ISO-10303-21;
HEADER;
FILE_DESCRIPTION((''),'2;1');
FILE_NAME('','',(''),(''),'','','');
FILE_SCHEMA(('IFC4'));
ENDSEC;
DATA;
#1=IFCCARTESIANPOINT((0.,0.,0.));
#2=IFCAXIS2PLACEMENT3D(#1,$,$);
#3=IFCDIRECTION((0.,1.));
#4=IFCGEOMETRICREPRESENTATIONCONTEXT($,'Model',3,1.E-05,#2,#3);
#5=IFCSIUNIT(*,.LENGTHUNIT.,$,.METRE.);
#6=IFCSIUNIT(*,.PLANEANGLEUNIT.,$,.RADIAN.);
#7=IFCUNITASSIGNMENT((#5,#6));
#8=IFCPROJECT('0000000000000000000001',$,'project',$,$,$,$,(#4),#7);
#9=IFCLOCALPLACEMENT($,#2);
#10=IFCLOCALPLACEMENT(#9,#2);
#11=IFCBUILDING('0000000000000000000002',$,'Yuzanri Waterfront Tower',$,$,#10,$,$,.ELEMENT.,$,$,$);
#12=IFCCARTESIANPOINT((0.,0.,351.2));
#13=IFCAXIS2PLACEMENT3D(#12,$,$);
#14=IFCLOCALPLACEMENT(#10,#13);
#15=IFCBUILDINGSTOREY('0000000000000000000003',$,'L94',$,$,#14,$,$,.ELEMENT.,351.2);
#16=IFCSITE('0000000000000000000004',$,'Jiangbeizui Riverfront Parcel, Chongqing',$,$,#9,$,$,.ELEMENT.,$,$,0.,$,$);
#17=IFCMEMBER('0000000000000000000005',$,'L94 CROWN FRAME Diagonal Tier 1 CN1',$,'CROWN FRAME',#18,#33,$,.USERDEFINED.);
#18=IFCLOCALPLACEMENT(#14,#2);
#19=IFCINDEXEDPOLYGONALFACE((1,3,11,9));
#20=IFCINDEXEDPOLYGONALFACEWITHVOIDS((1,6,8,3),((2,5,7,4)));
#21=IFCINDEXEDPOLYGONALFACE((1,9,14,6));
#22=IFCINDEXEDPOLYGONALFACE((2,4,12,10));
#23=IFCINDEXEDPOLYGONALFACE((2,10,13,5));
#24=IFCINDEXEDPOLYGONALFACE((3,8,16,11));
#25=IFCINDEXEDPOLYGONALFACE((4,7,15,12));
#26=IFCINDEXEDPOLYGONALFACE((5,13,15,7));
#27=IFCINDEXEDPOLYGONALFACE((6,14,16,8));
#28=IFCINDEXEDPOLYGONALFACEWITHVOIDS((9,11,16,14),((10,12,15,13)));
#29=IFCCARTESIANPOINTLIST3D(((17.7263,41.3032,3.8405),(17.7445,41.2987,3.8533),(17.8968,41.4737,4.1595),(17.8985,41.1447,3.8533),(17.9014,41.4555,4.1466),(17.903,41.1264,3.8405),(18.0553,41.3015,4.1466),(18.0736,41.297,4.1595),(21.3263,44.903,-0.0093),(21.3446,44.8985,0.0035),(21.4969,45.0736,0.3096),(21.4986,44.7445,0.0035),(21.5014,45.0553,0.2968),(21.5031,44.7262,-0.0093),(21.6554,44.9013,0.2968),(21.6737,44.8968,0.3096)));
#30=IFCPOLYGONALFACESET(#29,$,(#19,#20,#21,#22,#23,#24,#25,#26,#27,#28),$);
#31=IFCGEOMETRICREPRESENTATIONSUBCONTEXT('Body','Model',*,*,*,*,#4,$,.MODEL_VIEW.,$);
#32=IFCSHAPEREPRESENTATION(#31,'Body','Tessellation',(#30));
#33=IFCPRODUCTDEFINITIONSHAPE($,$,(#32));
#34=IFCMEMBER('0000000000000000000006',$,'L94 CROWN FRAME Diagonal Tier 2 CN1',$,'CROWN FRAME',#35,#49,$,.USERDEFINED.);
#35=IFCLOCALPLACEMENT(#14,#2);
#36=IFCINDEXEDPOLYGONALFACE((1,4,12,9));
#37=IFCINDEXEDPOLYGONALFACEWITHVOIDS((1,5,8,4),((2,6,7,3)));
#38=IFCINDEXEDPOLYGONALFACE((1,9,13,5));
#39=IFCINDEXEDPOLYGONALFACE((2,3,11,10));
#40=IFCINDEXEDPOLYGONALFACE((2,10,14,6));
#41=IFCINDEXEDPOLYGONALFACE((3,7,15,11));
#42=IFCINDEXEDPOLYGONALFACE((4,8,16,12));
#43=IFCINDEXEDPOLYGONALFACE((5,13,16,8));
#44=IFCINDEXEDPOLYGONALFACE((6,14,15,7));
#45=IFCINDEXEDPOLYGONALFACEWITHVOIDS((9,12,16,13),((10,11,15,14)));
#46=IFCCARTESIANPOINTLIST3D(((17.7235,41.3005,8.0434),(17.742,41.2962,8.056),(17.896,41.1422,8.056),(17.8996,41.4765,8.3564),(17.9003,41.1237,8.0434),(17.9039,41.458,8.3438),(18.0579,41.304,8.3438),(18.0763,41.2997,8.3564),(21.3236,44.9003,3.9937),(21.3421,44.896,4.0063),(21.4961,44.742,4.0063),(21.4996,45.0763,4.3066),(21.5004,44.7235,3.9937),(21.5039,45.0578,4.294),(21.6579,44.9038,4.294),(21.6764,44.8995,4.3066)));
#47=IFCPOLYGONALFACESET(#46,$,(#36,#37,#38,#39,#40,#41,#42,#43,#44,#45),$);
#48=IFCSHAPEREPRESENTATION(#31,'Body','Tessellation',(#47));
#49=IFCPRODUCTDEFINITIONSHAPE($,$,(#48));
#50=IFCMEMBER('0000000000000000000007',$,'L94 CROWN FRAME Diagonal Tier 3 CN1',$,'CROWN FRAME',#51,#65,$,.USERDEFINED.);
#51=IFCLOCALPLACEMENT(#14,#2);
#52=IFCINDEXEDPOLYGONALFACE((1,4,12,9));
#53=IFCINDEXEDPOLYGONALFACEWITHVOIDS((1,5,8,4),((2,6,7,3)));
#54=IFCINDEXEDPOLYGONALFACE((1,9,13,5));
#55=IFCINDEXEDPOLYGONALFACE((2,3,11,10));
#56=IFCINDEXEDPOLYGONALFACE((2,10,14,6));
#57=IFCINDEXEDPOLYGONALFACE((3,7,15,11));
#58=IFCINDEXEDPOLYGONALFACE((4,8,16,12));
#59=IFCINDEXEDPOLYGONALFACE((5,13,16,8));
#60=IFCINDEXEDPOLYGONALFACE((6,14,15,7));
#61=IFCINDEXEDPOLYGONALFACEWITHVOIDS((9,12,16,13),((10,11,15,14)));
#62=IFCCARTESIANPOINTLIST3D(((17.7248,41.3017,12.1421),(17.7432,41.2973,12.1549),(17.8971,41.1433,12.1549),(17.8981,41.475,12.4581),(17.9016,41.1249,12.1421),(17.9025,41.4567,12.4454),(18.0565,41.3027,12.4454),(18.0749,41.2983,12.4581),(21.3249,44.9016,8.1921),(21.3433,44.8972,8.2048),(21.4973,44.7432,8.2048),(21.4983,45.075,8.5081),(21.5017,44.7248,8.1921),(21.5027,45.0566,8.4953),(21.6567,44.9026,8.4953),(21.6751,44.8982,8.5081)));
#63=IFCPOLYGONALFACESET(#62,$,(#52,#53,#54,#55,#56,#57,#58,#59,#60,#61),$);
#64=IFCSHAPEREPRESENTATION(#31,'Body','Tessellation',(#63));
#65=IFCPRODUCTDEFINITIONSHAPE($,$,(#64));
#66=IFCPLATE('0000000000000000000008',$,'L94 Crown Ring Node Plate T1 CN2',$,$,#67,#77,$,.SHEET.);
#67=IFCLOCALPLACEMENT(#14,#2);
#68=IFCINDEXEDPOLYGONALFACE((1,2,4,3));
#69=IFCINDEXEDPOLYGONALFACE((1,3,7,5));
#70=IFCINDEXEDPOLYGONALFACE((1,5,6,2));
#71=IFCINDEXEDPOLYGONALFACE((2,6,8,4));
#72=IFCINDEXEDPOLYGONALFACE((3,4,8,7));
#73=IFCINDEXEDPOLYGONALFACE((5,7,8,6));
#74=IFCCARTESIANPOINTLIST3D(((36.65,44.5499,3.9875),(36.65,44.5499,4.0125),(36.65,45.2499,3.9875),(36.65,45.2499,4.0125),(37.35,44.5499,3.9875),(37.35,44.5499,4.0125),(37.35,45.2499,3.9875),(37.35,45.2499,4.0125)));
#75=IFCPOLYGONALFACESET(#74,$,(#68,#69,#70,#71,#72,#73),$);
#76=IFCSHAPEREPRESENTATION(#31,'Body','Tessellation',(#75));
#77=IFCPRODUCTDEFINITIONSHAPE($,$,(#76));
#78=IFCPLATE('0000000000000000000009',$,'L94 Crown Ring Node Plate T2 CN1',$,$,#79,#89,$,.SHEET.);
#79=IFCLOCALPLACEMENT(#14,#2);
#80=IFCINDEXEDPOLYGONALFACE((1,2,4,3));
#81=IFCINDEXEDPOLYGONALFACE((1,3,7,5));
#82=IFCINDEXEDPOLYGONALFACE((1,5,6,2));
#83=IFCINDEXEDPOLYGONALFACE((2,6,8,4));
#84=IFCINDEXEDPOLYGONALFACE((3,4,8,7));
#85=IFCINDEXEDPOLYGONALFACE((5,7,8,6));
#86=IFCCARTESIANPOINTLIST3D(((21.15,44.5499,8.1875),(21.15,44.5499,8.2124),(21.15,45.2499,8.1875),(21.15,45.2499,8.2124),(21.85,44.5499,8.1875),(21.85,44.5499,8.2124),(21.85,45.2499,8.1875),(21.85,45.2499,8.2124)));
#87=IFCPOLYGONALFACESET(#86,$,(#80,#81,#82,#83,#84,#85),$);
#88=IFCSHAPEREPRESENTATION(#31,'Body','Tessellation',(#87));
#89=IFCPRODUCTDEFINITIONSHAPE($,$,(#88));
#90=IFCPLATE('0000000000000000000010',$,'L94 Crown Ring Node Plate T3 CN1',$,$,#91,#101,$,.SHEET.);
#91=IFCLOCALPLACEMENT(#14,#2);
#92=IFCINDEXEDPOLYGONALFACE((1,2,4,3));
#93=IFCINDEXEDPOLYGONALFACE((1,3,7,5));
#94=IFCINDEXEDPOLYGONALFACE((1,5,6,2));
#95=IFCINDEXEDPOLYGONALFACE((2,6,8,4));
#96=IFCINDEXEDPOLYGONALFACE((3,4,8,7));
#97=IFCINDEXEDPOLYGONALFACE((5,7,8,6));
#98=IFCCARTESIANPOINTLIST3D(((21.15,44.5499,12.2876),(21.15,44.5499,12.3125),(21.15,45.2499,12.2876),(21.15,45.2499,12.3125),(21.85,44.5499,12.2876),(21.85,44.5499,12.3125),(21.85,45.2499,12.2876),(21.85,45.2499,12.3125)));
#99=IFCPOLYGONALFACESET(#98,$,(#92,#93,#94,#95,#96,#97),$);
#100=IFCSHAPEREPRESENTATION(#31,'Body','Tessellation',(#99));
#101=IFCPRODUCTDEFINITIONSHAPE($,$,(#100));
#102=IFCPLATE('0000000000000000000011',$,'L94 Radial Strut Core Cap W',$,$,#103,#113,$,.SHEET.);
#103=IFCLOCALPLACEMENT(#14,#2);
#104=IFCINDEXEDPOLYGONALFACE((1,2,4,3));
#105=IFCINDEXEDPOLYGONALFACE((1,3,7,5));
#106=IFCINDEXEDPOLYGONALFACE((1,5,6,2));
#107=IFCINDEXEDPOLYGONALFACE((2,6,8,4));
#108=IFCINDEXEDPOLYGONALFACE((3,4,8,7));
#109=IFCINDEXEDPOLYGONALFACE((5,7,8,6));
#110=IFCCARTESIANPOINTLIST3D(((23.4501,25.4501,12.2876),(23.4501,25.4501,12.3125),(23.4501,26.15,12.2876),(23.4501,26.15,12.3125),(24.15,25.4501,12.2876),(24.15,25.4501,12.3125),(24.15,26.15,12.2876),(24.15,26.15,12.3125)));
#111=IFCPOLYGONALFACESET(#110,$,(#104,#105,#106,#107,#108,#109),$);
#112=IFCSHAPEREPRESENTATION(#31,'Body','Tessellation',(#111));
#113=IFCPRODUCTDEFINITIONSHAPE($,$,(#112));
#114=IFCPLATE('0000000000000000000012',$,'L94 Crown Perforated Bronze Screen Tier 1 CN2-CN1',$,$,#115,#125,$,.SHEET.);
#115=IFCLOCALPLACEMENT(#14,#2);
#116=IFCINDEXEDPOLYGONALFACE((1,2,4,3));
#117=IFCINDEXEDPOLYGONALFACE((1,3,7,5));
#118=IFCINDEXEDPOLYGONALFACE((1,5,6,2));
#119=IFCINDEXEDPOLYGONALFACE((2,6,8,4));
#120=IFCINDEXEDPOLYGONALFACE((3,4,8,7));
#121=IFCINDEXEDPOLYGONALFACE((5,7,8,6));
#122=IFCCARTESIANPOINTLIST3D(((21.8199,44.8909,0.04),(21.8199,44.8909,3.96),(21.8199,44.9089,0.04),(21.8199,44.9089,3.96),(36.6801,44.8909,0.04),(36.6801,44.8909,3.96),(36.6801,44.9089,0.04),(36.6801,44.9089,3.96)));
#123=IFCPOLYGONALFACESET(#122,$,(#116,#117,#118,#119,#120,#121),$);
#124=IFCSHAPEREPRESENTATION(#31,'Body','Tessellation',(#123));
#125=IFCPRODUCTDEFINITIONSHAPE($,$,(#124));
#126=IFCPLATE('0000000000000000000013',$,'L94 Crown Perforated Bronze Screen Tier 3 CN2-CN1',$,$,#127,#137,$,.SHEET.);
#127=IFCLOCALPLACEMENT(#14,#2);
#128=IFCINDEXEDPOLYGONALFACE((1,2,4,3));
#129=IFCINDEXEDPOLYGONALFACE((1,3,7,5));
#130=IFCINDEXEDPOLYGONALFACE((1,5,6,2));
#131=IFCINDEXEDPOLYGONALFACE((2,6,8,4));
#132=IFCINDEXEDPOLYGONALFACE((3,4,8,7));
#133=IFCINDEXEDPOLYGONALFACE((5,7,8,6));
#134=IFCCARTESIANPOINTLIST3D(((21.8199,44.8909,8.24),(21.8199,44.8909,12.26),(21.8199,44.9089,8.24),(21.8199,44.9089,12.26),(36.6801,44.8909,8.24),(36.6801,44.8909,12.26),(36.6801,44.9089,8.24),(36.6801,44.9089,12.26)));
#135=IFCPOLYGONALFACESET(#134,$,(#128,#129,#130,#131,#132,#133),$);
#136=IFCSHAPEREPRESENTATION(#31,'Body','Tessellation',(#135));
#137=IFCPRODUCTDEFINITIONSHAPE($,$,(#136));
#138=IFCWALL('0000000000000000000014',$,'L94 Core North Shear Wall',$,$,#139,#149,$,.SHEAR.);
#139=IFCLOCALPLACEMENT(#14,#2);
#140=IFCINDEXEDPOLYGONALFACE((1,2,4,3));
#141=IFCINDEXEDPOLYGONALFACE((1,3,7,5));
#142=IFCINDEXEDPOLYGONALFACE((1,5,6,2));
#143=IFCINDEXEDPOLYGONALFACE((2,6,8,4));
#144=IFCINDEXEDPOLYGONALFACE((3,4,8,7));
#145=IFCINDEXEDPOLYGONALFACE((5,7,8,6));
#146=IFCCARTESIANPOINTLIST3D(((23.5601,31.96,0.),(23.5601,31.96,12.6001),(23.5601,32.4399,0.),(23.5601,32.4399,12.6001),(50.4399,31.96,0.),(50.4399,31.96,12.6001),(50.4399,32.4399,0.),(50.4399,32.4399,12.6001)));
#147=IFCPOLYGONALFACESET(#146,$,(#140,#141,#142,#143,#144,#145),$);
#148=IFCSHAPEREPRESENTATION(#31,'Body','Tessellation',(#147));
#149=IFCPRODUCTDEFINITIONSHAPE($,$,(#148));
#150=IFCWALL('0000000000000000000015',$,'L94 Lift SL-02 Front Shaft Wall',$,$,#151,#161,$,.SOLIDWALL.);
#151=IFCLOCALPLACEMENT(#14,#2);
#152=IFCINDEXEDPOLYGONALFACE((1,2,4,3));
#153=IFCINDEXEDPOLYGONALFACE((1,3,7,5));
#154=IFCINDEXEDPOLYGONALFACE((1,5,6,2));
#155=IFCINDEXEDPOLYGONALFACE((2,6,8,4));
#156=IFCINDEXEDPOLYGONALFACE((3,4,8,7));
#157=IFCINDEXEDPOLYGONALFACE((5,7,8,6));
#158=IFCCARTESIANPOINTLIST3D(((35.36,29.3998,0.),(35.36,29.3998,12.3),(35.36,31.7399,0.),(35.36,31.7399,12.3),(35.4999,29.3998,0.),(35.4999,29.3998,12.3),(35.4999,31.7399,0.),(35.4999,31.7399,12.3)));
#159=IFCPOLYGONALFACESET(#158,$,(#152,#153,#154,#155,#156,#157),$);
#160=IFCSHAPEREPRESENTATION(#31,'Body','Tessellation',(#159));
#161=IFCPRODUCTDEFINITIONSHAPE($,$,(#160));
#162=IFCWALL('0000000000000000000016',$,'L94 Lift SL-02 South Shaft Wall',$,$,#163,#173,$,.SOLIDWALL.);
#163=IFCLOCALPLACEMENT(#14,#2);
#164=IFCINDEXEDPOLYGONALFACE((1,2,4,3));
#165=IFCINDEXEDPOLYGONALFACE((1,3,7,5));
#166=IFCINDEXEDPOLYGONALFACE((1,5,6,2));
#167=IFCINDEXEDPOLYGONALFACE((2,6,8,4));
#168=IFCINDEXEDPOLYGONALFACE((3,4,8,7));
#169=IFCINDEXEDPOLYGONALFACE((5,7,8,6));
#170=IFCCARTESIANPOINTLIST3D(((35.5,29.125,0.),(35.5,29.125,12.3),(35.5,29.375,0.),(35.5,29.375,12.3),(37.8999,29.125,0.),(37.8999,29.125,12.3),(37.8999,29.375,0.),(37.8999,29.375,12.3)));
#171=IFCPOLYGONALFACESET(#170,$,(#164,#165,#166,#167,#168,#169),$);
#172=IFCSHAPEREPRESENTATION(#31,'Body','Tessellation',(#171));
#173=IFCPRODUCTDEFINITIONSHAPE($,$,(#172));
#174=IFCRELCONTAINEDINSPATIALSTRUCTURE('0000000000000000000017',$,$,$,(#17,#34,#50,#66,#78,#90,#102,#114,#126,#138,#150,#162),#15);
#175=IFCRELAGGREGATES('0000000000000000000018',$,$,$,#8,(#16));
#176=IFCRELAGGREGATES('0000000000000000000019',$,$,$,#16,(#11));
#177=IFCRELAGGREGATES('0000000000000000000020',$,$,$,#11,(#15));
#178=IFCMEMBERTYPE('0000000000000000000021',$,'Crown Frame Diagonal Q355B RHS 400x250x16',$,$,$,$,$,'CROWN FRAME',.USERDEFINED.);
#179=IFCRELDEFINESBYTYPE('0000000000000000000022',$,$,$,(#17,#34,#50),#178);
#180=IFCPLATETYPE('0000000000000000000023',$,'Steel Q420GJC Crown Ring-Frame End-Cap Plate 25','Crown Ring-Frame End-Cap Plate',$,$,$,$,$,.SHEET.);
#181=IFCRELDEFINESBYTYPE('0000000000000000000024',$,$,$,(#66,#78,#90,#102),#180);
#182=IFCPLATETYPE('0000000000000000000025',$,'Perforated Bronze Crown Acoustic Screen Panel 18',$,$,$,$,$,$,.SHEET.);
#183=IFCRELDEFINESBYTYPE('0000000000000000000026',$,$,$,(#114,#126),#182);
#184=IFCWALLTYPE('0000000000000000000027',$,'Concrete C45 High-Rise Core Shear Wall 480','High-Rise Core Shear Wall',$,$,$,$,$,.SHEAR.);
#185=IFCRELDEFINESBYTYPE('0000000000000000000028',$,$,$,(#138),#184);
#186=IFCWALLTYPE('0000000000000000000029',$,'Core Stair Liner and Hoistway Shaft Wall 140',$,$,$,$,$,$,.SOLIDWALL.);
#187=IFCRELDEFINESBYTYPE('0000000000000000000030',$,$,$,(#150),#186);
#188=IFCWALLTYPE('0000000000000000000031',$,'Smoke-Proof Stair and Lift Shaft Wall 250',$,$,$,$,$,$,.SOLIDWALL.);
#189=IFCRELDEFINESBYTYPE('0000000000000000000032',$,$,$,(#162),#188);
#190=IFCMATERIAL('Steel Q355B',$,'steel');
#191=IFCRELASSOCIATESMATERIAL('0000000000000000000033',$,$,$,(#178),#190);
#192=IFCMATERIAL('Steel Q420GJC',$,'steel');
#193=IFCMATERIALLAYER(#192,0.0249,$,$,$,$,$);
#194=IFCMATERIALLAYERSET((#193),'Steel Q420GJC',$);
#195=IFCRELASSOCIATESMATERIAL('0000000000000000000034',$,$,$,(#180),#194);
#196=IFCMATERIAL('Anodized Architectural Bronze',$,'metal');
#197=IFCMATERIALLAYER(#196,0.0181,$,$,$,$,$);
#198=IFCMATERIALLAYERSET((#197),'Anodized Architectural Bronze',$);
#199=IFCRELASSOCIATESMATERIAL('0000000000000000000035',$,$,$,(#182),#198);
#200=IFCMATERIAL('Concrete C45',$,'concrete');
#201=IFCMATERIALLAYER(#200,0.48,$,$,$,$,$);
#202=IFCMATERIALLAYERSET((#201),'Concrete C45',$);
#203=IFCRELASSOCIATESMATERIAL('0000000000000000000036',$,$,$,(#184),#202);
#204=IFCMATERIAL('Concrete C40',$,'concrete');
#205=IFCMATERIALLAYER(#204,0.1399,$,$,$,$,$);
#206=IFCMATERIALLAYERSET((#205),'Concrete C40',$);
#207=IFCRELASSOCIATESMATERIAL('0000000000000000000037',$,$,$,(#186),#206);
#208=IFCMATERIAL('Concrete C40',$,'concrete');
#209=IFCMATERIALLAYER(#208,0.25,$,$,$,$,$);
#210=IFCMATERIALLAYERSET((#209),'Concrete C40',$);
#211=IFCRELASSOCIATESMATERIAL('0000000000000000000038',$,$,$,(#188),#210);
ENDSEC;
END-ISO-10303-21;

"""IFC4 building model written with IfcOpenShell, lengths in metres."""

from ifc_helpers import new_model, si_unit, direction, frame, frame_2d, origin, origin_2d, place, context, subcontext, project, spatial, rectangle, hollow_rectangle, extrude, source, transform, mapped, material, layer, layer_set, material_profile, profile_set, type_object, element, save


model = new_model("IFC4")

# Units and contexts
model_context = context("Model", 3, precision=1e-05, world=origin(), true_north=direction((0.0, 1.0)))
body_context = subcontext(model_context, "Body", "Model", "MODEL_VIEW")
ifc_project = project(units=[si_unit("LENGTHUNIT", "METRE"), si_unit("PLANEANGLEUNIT", "RADIAN")], contexts=[model_context])

# Site, building, storey
site_placement = place(None, origin())
site = spatial("IfcSite", under=ifc_project, at=site_placement, Name="Jiangbeizui Riverfront Parcel, Chongqing", CompositionType="ELEMENT", RefElevation=0.0)
building_placement = place(site_placement, origin())
building = spatial("IfcBuilding", under=site, at=building_placement, Name="Yuzanri Waterfront Tower", CompositionType="ELEMENT")
storey_placement = place(building_placement, frame((0.0, 0.0, 351.2)))
storey = spatial("IfcBuildingStorey", under=building, at=storey_placement, Name="L94", CompositionType="ELEMENT", Elevation=351.2)

# Members
ifc_material_1 = material(Name="Steel Q355B", Category="steel")
ifc_material_profile_1 = material_profile(ifc_material_1, hollow_rectangle(XDim=0.25, YDim=0.3999, WallThickness=0.0161, at=origin_2d()), Name="RHS 400x250x16")
ifc_profile_set_1 = profile_set([ifc_material_profile_1], Name="Steel Q355B")
member_type = type_object("IfcMemberType", Name="Crown Frame Diagonal Q355B RHS 400x250x16", ElementType="CROWN FRAME", PredefinedType="USERDEFINED", material=ifc_profile_set_1)
shared_shape_1 = source(origin(), body_context, "Body", "SweptSolid", [
    extrude(hollow_rectangle(XDim=0.25, YDim=0.3999, WallThickness=0.0161, at=origin_2d()), origin(), (0.0, 0.0, 1.0), 6.3828),
])
member_1_placement = place(storey_placement, frame((21.5, 44.8999, 0.1501), z_axis=(-0.564025, -0.563987, 0.603154), x_axis=(0.707083, -0.707131, 0.0)))
element("IfcMember", 1, at=member_1_placement, inside=storey, type_object=member_type, Name="L94 CROWN FRAME Diagonal Tier 1 CN1", ObjectType="CROWN FRAME", PredefinedType="USERDEFINED", context=body_context, shape_type="MappedRepresentation", body=[
    mapped(shared_shape_1, transform((0.0, 0.0, 0.0), scale=1.0)),
])
shared_shape_2 = source(origin(), body_context, "Body", "SweptSolid", [
    extrude(hollow_rectangle(XDim=0.25, YDim=0.3999, WallThickness=0.0161, at=origin_2d()), origin(), (0.0, 0.0, 1.0), 6.5054),
])
member_2_placement = place(storey_placement, frame((21.5, 44.8999, 4.1501), z_axis=(-0.553399, -0.553362, 0.622527), x_axis=(0.707083, -0.707131, 0.0)))
element("IfcMember", 2, at=member_2_placement, inside=storey, type_object=member_type, Name="L94 CROWN FRAME Diagonal Tier 2 CN1", ObjectType="CROWN FRAME", PredefinedType="USERDEFINED", context=body_context, shape_type="MappedRepresentation", body=[
    mapped(shared_shape_2, transform((0.0, 0.0, 0.0), scale=1.0)),
])
shared_shape_3 = source(origin(), body_context, "Body", "SweptSolid", [
    extrude(hollow_rectangle(XDim=0.25, YDim=0.3999, WallThickness=0.0161, at=origin_2d()), origin(), (0.0, 0.0, 1.0), 6.4438),
])
member_3_placement = place(storey_placement, frame((21.5, 44.8999, 8.3501), z_axis=(-0.558697, -0.558659, 0.612991), x_axis=(0.707083, -0.707131, 0.0)))
element("IfcMember", 3, at=member_3_placement, inside=storey, type_object=member_type, Name="L94 CROWN FRAME Diagonal Tier 3 CN1", ObjectType="CROWN FRAME", PredefinedType="USERDEFINED", context=body_context, shape_type="MappedRepresentation", body=[
    mapped(shared_shape_3, transform((0.0, 0.0, 0.0), scale=1.0)),
])

# Plates
ifc_material_2 = material(Name="Steel Q420GJC", Category="steel")
ifc_layer_1 = layer(ifc_material_2, 0.0249)
ifc_layer_set_1 = layer_set([ifc_layer_1], Name="Steel Q420GJC")
plate_type_1 = type_object("IfcPlateType", Name="Steel Q420GJC Crown Ring-Frame End-Cap Plate 25", Description="Crown Ring-Frame End-Cap Plate", PredefinedType="SHEET", material=ifc_layer_set_1)
shared_shape_4 = source(origin(), body_context, "Body", "SweptSolid", [
    extrude(rectangle(XDim=0.7, YDim=0.7, at=origin_2d()), origin(), (0.0, 0.0, 1.0), 0.0249),
])
for number, where, z_axis, x_axis, name in (
    (4, (37.0, 44.8999, 3.9875), (0.0, 0.0, 1.0), (1.0, 0.0, 0.0), "L94 Crown Ring Node Plate T1 CN2"),
    (5, (21.5, 44.8999, 8.1875), (0.0, 0.0, 1.0), (1.0, 0.0, 0.0), "L94 Crown Ring Node Plate T2 CN1"),
    (6, (21.5, 44.8999, 12.2876), (0.0, 0.0, 1.0), (1.0, 0.0, 0.0), "L94 Crown Ring Node Plate T3 CN1"),
    (7, (23.8, 25.8, 12.2876), (0.0, 0.0, 1.0), (1.0, 0.0, 0.0), "L94 Radial Strut Core Cap W"),
):
    element("IfcPlate", number, at=place(storey_placement, frame(where, z_axis=z_axis, x_axis=x_axis)), inside=storey, type_object=plate_type_1, Name=name, PredefinedType="SHEET", context=body_context, shape_type="MappedRepresentation", body=[
        mapped(shared_shape_4, transform((0.0, 0.0, 0.0), scale=1.0)),
    ])
ifc_material_3 = material(Name="Anodized Architectural Bronze", Category="metal")
ifc_layer_2 = layer(ifc_material_3, 0.0181)
ifc_layer_set_2 = layer_set([ifc_layer_2], Name="Anodized Architectural Bronze")
plate_type_2 = type_object("IfcPlateType", Name="Perforated Bronze Crown Acoustic Screen Panel 18", PredefinedType="SHEET", material=ifc_layer_set_2)
shared_shape_5 = source(origin(), body_context, "Body", "SweptSolid", [
    extrude(rectangle(XDim=14.8601, YDim=0.0181, at=origin_2d()), origin(), (0.0, 0.0, 1.0), 3.9199),
])
plate_1_placement = place(storey_placement, frame((29.25, 44.8999, 0.04), z_axis=(0.0, 0.0, 1.0), x_axis=(-1.0, 0.0, 0.0)))
element("IfcPlate", 8, at=plate_1_placement, inside=storey, type_object=plate_type_2, Name="L94 Crown Perforated Bronze Screen Tier 1 CN2-CN1", PredefinedType="SHEET", context=body_context, shape_type="MappedRepresentation", body=[
    mapped(shared_shape_5, transform((0.0, 0.0, 0.0), scale=1.0)),
])
shared_shape_6 = source(origin(), body_context, "Body", "SweptSolid", [
    extrude(rectangle(XDim=14.8601, YDim=0.0181, at=origin_2d()), origin(), (0.0, 0.0, 1.0), 4.02),
])
plate_2_placement = place(storey_placement, frame((29.25, 44.8999, 8.24), z_axis=(0.0, 0.0, 1.0), x_axis=(-1.0, 0.0, 0.0)))
element("IfcPlate", 9, at=plate_2_placement, inside=storey, type_object=plate_type_2, Name="L94 Crown Perforated Bronze Screen Tier 3 CN2-CN1", PredefinedType="SHEET", context=body_context, shape_type="MappedRepresentation", body=[
    mapped(shared_shape_6, transform((0.0, 0.0, 0.0), scale=1.0)),
])

# Walls
ifc_material_4 = material(Name="Concrete C45", Category="concrete")
ifc_layer_3 = layer(ifc_material_4, 0.48)
ifc_layer_set_3 = layer_set([ifc_layer_3], Name="Concrete C45")
wall_type_1 = type_object("IfcWallType", Name="Concrete C45 High-Rise Core Shear Wall 480", Description="High-Rise Core Shear Wall", PredefinedType="SHEAR", material=ifc_layer_set_3)
shared_shape_7 = source(origin(), body_context, "Body", "SweptSolid", [
    extrude(rectangle(XDim=26.8799, YDim=0.48, at=frame_2d((13.4399, 0.0))), origin(), (0.0, 0.0, 1.0), 12.6001),
])
wall_1_placement = place(storey_placement, frame((23.5601, 32.2, 0.0), z_axis=(0.0, 0.0, 1.0), x_axis=(1.0, 0.0, 0.0)))
element("IfcWall", 10, at=wall_1_placement, inside=storey, type_object=wall_type_1, Name="L94 Core North Shear Wall", PredefinedType="SHEAR", context=body_context, shape_type="MappedRepresentation", body=[
    mapped(shared_shape_7, transform((0.0, 0.0, 0.0), scale=1.0)),
])
ifc_material_5 = material(Name="Concrete C40", Category="concrete")
ifc_layer_4 = layer(ifc_material_5, 0.1399)
ifc_layer_set_4 = layer_set([ifc_layer_4], Name="Concrete C40")
wall_type_2 = type_object("IfcWallType", Name="Core Stair Liner and Hoistway Shaft Wall 140", PredefinedType="SOLIDWALL", material=ifc_layer_set_4)
shared_shape_8 = source(origin(), body_context, "Body", "SweptSolid", [
    extrude(rectangle(XDim=2.3401, YDim=0.1399, at=frame_2d((1.1699, 0.0))), origin(), (0.0, 0.0, 1.0), 12.3),
])
wall_2_placement = place(storey_placement, frame((35.4299, 29.3999, 0.0), z_axis=(0.0, 0.0, 1.0), x_axis=(0.0, 1.0, 0.0)))
element("IfcWall", 11, at=wall_2_placement, inside=storey, type_object=wall_type_2, Name="L94 Lift SL-02 Front Shaft Wall", PredefinedType="SOLIDWALL", context=body_context, shape_type="MappedRepresentation", body=[
    mapped(shared_shape_8, transform((0.0, 0.0, 0.0), scale=1.0)),
])
ifc_material_6 = material(Name="Concrete C40", Category="concrete")
ifc_layer_5 = layer(ifc_material_6, 0.25)
ifc_layer_set_5 = layer_set([ifc_layer_5], Name="Concrete C40")
wall_type_3 = type_object("IfcWallType", Name="Smoke-Proof Stair and Lift Shaft Wall 250", PredefinedType="SOLIDWALL", material=ifc_layer_set_5)
shared_shape_9 = source(origin(), body_context, "Body", "SweptSolid", [
    extrude(rectangle(XDim=2.3999, YDim=0.25, at=frame_2d((1.2, 0.0))), origin(), (0.0, 0.0, 1.0), 12.3),
])
wall_3_placement = place(storey_placement, frame((35.5, 29.25, 0.0), z_axis=(0.0, 0.0, 1.0), x_axis=(1.0, 0.0, 0.0)))
element("IfcWall", 12, at=wall_3_placement, inside=storey, type_object=wall_type_3, Name="L94 Lift SL-02 South Shaft Wall", PredefinedType="SOLIDWALL", context=body_context, shape_type="MappedRepresentation", body=[
    mapped(shared_shape_9, transform((0.0, 0.0, 0.0), scale=1.0)),
])

save(model, "model.ifc")
